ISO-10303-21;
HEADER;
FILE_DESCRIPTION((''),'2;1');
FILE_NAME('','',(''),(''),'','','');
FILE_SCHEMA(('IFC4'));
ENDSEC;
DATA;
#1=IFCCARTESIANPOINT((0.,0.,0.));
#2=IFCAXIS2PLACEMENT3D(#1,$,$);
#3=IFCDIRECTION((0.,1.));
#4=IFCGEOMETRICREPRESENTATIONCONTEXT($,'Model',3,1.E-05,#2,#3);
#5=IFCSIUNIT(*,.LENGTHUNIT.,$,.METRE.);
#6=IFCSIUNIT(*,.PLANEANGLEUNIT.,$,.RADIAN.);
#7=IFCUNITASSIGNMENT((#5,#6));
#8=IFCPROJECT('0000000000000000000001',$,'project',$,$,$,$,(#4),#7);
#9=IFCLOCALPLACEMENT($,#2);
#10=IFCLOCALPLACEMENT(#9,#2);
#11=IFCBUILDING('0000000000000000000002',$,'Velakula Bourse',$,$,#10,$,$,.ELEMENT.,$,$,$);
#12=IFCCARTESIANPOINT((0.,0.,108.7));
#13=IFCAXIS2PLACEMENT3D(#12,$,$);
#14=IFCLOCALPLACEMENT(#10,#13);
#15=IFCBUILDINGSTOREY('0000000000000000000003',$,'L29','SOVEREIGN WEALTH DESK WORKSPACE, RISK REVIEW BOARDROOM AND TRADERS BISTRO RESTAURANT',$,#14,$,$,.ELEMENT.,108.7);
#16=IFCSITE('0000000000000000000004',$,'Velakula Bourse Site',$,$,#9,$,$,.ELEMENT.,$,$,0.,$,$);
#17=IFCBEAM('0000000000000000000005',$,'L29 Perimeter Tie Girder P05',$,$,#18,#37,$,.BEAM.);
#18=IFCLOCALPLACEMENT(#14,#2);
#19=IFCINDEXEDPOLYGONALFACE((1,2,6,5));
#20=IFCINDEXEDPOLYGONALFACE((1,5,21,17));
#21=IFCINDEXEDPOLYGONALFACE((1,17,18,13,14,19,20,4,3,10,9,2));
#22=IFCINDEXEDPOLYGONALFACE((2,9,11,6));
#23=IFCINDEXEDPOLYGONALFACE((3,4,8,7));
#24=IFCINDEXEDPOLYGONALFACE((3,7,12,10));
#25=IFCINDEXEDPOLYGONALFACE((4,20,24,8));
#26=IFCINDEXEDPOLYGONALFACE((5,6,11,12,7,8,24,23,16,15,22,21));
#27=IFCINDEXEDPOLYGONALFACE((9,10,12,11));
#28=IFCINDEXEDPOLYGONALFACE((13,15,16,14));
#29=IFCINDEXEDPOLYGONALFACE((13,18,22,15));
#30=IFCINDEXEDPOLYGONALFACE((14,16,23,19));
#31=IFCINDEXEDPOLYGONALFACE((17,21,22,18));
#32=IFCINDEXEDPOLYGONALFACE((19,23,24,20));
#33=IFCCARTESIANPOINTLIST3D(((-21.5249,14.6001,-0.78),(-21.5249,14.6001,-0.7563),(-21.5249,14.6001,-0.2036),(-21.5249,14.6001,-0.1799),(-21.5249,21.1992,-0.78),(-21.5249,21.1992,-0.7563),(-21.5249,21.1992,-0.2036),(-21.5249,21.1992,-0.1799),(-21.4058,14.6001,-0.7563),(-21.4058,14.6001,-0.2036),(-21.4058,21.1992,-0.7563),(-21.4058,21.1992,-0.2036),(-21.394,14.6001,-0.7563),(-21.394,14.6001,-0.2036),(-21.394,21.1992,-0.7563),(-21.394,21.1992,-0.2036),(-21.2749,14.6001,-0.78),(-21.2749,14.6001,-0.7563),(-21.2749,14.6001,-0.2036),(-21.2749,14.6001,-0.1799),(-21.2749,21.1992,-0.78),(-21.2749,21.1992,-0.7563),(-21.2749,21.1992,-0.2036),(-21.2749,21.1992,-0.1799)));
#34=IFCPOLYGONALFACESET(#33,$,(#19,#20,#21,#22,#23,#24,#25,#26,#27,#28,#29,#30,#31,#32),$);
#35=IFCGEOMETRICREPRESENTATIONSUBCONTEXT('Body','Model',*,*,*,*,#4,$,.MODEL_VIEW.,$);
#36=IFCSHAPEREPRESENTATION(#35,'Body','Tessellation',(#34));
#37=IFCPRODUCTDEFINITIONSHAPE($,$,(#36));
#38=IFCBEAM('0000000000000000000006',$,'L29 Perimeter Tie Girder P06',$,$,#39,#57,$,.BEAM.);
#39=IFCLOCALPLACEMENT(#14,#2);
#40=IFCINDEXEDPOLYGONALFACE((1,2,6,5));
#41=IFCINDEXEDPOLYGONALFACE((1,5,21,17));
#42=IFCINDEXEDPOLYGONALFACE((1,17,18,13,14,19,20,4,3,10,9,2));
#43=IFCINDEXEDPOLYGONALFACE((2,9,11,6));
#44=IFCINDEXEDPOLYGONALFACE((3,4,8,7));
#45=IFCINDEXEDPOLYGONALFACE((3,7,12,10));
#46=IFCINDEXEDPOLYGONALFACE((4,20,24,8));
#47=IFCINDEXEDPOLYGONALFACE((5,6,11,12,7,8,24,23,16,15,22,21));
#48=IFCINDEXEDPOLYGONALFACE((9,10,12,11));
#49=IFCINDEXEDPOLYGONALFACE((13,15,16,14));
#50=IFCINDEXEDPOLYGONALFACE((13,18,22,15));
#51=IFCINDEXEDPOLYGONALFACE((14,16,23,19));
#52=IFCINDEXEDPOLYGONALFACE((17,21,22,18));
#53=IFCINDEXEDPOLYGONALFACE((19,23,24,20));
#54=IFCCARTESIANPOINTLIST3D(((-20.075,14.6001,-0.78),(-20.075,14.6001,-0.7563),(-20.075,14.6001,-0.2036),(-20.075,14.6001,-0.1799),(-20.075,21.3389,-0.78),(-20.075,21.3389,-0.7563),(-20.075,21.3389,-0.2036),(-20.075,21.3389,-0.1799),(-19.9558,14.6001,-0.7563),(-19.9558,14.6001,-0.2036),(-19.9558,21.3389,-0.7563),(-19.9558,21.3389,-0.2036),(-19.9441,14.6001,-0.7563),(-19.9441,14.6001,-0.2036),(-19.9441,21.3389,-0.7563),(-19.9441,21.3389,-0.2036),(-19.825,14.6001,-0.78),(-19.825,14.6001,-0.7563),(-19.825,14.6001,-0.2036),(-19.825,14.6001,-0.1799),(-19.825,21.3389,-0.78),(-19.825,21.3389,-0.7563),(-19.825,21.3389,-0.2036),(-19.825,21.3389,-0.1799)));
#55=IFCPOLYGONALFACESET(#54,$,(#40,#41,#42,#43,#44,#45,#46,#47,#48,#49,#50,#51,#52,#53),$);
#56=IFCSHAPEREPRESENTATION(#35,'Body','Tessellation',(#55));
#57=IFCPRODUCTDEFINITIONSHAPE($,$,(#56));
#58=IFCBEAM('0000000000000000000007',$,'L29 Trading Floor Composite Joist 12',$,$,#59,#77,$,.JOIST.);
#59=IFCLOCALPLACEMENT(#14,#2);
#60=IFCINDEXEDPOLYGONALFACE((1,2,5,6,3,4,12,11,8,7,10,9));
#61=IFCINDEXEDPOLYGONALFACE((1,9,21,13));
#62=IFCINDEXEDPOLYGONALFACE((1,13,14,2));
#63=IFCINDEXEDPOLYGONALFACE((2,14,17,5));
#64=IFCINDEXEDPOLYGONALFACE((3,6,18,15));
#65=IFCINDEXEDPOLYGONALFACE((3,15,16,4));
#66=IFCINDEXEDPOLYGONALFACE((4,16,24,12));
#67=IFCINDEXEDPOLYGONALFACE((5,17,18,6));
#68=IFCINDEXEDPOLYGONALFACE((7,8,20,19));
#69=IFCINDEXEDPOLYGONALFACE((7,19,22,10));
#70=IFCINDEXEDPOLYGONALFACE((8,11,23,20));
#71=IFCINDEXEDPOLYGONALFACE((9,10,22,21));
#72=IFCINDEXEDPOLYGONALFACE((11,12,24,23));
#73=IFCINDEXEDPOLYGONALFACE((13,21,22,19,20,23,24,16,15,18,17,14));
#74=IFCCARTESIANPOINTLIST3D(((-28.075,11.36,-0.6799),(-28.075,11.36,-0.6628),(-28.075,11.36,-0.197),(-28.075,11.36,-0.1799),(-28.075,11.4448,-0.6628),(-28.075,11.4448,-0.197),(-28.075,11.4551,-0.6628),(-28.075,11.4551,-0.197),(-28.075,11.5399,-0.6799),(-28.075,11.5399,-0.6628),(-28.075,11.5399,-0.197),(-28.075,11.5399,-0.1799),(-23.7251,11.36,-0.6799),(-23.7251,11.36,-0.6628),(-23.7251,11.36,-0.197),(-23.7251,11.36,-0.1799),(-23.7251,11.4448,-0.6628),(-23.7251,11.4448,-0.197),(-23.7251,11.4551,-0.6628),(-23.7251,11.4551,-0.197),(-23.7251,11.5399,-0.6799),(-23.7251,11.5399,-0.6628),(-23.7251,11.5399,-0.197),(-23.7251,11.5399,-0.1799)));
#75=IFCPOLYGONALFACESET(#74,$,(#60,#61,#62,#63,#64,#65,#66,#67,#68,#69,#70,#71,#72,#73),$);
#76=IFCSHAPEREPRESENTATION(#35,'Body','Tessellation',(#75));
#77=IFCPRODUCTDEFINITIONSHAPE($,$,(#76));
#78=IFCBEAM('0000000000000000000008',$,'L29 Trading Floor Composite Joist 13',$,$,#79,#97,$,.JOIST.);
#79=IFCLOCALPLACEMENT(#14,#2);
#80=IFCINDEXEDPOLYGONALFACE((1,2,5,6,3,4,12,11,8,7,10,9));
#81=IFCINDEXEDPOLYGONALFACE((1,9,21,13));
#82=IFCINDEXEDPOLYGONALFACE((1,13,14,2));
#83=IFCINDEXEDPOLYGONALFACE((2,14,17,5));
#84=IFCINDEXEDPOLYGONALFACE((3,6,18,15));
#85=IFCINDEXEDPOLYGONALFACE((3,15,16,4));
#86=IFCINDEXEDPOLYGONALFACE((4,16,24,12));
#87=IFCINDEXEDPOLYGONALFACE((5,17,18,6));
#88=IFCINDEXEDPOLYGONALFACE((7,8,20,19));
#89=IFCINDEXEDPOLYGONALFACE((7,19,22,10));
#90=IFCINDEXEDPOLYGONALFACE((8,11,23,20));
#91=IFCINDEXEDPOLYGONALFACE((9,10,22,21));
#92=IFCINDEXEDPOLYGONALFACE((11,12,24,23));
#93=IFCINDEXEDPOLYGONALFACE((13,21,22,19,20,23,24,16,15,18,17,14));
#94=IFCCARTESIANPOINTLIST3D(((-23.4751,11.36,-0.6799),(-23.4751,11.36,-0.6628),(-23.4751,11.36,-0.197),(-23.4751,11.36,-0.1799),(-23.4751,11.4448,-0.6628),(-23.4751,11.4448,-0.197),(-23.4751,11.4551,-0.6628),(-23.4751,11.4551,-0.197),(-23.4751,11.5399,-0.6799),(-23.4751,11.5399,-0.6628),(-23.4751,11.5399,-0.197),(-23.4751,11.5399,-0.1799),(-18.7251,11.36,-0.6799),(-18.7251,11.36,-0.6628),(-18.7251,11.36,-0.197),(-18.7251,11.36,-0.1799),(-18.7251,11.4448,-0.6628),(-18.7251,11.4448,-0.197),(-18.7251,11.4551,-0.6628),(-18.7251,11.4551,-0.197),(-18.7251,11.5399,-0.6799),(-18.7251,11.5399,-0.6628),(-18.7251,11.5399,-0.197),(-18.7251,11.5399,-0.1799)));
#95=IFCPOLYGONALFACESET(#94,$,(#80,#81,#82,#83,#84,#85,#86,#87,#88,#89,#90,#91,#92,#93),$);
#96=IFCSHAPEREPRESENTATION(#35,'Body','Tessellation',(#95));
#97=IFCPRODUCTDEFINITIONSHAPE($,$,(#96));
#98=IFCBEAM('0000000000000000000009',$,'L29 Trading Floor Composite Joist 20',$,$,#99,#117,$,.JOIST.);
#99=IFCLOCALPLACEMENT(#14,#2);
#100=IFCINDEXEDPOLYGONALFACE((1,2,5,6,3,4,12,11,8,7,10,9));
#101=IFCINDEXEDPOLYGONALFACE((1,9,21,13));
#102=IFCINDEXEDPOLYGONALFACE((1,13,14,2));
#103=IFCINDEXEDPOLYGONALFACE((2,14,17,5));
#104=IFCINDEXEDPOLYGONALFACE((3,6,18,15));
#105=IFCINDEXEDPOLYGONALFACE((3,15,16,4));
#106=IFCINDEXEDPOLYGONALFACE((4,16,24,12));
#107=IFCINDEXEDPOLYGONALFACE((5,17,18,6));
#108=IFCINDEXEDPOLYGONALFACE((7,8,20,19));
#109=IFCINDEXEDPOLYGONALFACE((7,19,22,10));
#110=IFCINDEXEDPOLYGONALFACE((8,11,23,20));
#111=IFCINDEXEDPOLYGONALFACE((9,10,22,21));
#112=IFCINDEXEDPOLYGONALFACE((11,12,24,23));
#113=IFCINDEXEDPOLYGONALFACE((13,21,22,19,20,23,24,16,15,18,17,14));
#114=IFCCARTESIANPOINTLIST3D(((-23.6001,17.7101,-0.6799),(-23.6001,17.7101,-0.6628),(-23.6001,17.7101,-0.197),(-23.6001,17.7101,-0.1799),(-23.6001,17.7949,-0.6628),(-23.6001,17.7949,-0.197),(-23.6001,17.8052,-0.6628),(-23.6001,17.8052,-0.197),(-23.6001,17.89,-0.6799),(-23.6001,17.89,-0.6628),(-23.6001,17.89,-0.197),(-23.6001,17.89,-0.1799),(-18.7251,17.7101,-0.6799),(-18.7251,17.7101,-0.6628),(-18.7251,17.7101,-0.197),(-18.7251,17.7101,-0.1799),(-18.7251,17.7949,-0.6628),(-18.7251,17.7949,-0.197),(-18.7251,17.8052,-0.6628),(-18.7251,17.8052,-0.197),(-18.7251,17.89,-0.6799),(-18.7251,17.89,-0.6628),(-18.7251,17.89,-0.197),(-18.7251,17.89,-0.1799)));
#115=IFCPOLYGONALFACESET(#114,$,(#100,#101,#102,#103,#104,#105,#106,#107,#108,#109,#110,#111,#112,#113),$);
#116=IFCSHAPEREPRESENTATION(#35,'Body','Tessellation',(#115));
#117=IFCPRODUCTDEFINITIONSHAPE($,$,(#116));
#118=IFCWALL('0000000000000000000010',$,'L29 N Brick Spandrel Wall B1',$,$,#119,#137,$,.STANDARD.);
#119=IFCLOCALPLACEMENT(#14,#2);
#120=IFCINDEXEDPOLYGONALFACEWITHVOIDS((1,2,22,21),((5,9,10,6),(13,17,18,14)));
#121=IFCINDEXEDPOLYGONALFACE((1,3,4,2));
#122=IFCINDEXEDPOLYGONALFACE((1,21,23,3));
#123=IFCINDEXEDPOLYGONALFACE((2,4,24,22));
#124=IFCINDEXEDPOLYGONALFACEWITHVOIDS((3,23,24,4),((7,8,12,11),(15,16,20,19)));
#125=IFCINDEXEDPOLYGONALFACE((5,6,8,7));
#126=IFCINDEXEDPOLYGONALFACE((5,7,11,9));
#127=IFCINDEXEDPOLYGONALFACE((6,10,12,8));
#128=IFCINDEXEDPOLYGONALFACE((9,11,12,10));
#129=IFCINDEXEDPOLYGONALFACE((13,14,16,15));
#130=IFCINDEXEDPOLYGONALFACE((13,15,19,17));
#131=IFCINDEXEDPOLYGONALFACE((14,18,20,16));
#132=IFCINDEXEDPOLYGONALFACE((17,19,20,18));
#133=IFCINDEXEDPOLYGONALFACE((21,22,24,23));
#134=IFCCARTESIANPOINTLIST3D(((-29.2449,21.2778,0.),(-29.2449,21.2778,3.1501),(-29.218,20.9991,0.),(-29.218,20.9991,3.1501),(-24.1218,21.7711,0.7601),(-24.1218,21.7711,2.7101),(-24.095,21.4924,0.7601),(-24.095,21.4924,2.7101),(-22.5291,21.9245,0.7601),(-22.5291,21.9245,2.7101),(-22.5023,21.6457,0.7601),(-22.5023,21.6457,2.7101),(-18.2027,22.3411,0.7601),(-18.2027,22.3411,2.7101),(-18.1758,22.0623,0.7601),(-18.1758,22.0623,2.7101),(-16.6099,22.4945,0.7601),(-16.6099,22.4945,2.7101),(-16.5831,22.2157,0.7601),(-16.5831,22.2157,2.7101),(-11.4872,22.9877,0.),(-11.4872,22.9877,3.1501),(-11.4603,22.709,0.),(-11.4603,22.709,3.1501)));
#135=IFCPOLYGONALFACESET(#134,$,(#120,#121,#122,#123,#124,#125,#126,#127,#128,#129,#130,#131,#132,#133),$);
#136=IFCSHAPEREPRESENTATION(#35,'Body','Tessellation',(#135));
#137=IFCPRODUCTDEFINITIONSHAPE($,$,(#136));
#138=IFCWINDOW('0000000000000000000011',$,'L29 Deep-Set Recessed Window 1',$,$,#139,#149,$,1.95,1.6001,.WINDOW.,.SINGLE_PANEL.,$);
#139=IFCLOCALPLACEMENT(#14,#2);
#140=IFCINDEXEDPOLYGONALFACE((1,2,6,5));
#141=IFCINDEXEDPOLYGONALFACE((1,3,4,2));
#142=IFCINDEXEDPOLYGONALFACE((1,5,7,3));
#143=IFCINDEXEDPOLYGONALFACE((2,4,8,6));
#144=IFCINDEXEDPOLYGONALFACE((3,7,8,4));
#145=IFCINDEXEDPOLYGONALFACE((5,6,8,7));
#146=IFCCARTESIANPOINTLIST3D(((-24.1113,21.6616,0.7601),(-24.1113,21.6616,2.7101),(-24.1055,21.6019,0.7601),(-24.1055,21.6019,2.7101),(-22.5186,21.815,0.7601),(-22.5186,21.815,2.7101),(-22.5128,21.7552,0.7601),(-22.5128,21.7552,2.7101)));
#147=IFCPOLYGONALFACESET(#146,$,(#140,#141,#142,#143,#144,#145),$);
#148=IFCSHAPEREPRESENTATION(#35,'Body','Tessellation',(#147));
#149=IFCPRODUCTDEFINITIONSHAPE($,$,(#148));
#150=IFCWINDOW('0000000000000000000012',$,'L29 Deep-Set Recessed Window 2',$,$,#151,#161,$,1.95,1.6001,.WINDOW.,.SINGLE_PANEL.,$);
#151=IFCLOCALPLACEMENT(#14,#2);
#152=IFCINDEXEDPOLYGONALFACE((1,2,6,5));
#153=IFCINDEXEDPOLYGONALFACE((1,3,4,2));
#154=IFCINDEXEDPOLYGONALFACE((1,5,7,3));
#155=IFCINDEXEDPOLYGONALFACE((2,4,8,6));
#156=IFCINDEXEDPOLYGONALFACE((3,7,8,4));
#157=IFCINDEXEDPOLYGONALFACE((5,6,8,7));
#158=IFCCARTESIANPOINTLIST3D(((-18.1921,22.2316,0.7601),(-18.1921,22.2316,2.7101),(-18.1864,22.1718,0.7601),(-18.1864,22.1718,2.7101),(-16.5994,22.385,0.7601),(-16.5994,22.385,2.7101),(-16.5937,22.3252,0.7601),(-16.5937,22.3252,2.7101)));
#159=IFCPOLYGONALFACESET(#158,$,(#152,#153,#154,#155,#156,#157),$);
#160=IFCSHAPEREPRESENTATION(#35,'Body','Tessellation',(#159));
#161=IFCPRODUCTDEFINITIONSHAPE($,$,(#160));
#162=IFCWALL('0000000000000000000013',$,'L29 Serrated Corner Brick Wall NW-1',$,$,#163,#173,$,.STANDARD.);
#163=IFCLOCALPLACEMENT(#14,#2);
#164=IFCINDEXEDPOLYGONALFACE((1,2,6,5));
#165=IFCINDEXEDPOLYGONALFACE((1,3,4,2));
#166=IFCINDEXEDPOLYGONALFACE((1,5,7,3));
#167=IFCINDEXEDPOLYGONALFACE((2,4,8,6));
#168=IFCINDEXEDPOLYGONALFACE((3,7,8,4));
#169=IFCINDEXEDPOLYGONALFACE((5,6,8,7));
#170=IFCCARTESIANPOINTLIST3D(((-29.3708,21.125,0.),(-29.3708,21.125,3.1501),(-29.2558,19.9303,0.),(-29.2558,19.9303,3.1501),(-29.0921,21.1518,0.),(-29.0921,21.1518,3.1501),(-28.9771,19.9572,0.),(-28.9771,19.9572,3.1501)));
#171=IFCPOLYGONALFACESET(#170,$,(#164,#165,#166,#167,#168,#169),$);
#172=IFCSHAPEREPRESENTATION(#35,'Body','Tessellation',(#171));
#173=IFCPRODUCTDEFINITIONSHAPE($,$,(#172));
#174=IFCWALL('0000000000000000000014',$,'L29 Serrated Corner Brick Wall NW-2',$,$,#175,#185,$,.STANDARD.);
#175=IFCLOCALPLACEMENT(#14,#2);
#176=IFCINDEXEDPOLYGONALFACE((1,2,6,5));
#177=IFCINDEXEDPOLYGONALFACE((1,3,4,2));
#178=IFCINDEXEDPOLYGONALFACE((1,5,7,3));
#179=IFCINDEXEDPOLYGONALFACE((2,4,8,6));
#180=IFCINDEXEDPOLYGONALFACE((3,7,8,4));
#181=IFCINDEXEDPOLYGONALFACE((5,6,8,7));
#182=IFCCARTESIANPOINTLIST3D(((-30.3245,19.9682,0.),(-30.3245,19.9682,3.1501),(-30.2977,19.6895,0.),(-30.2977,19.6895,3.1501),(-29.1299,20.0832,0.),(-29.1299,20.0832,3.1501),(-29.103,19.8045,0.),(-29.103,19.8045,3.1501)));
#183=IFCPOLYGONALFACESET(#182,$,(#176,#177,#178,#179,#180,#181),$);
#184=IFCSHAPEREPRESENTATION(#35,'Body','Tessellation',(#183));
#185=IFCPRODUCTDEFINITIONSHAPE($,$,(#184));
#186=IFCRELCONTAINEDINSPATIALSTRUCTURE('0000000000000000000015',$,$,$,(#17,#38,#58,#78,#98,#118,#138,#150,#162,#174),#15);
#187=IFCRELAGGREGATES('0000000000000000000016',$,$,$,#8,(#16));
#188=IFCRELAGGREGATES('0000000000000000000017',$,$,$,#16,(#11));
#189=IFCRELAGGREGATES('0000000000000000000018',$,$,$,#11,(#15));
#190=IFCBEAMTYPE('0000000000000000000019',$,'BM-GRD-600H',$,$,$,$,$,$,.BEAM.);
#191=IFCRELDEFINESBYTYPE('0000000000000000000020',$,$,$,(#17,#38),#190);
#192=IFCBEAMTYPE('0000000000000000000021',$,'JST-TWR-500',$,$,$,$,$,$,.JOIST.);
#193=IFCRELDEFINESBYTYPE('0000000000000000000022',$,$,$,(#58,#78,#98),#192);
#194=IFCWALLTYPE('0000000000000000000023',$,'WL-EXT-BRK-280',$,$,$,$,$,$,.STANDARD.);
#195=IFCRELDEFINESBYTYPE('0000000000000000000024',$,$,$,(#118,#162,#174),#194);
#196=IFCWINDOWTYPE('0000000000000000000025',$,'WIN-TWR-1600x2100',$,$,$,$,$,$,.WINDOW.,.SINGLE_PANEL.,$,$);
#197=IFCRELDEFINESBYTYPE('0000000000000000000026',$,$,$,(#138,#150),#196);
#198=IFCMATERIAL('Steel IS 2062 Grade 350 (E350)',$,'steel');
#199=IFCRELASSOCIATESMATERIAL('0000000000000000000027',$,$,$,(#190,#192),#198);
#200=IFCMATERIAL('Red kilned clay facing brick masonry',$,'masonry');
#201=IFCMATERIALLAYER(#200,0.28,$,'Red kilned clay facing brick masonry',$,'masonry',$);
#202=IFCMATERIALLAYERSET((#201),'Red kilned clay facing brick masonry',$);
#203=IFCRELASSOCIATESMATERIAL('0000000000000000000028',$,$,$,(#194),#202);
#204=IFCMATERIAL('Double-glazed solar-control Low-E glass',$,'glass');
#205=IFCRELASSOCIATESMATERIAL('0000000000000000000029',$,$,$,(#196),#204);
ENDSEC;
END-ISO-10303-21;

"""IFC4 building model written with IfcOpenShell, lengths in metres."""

from ifc_helpers import new_model, si_unit, direction, frame, frame_2d, origin, origin_2d, place, context, subcontext, project, spatial, rectangle, i_section, extrude, material, layer, layer_set, material_profile, profile_set, type_object, element, fill, save


model = new_model("IFC4")

# Units and contexts
model_context = context("Model", 3, precision=1e-05, world=origin(), true_north=direction((0.0, 1.0)))
body_context = subcontext(model_context, "Body", "Model", "MODEL_VIEW")
ifc_project = project(units=[si_unit("LENGTHUNIT", "METRE"), si_unit("PLANEANGLEUNIT", "RADIAN")], contexts=[model_context])

# Site, building, storey
site_placement = place(None, origin())
site = spatial("IfcSite", under=ifc_project, at=site_placement, Name="Velakula Bourse Site", CompositionType="ELEMENT", RefElevation=0.0)
building_placement = place(site_placement, origin())
building = spatial("IfcBuilding", under=site, at=building_placement, Name="Velakula Bourse", CompositionType="ELEMENT")
storey_placement = place(building_placement, frame((0.0, 0.0, 108.7)))
storey = spatial("IfcBuildingStorey", under=building, at=storey_placement, Name="L29", Description="SOVEREIGN WEALTH DESK WORKSPACE, RISK REVIEW BOARDROOM AND TRADERS BISTRO RESTAURANT", CompositionType="ELEMENT", Elevation=108.7)

# Beams
ifc_material_1 = material(Name="Steel IS 2062 Grade 350 (E350)", Category="steel")
ifc_material_profile_1 = material_profile(ifc_material_1, i_section(OverallWidth=0.25, OverallDepth=0.6001, WebThickness=0.0117, FlangeThickness=0.0237, at=origin_2d()), Name="Steel IS 2062 Grade 350 (E350)")
ifc_profile_set_1 = profile_set([ifc_material_profile_1], Name="Steel IS 2062 Grade 350 (E350)")
beam_type_1 = type_object("IfcBeamType", Name="BM-GRD-600H", PredefinedType="BEAM", material=ifc_profile_set_1)
beam_1_placement = place(storey_placement, frame((-21.3999, 14.6001, -0.48), z_axis=(0.0, 1.0, 0.0), x_axis=(-1.0, 0.0, 0.0)))
element("IfcBeam", 1, at=beam_1_placement, inside=storey, type_object=beam_type_1, Name="L29 Perimeter Tie Girder P05", PredefinedType="BEAM", context=body_context, shape_type="SweptSolid", body=[
    extrude(i_section(OverallWidth=0.25, OverallDepth=0.6001, WebThickness=0.0117, FlangeThickness=0.0237, at=origin_2d()), origin(), (0.0, 0.0, 1.0), 6.5991),
])
beam_2_placement = place(storey_placement, frame((-19.95, 14.6001, -0.48), z_axis=(0.0, 1.0, 0.0), x_axis=(-1.0, 0.0, 0.0)))
element("IfcBeam", 2, at=beam_2_placement, inside=storey, type_object=beam_type_1, Name="L29 Perimeter Tie Girder P06", PredefinedType="BEAM", context=body_context, shape_type="SweptSolid", body=[
    extrude(i_section(OverallWidth=0.25, OverallDepth=0.6001, WebThickness=0.0117, FlangeThickness=0.0237, at=origin_2d()), origin(), (0.0, 0.0, 1.0), 6.7388),
])
ifc_material_profile_2 = material_profile(ifc_material_1, i_section(OverallWidth=0.1799, OverallDepth=0.5, WebThickness=0.0103, FlangeThickness=0.0171, at=origin_2d()), Name="Steel IS 2062 Grade 350 (E350)")
ifc_profile_set_2 = profile_set([ifc_material_profile_2], Name="Steel IS 2062 Grade 350 (E350)")
beam_type_2 = type_object("IfcBeamType", Name="JST-TWR-500", PredefinedType="JOIST", material=ifc_profile_set_2)
beam_3_placement = place(storey_placement, frame((-28.075, 11.45, -0.4299), z_axis=(1.0, 0.0, 0.0), x_axis=(0.0, 1.0, 0.0)))
element("IfcBeam", 3, at=beam_3_placement, inside=storey, type_object=beam_type_2, Name="L29 Trading Floor Composite Joist 12", PredefinedType="JOIST", context=body_context, shape_type="SweptSolid", body=[
    extrude(i_section(OverallWidth=0.1799, OverallDepth=0.5, WebThickness=0.0103, FlangeThickness=0.0171, at=origin_2d()), origin(), (0.0, 0.0, 1.0), 4.3499),
])
beam_4_placement = place(storey_placement, frame((-23.4751, 11.45, -0.4299), z_axis=(1.0, 0.0, 0.0), x_axis=(0.0, 1.0, 0.0)))
element("IfcBeam", 4, at=beam_4_placement, inside=storey, type_object=beam_type_2, Name="L29 Trading Floor Composite Joist 13", PredefinedType="JOIST", context=body_context, shape_type="SweptSolid", body=[
    extrude(i_section(OverallWidth=0.1799, OverallDepth=0.5, WebThickness=0.0103, FlangeThickness=0.0171, at=origin_2d()), origin(), (0.0, 0.0, 1.0), 4.75),
])
beam_5_placement = place(storey_placement, frame((-23.6001, 17.8, -0.4299), z_axis=(1.0, 0.0, 0.0), x_axis=(0.0, 1.0, 0.0)))
element("IfcBeam", 5, at=beam_5_placement, inside=storey, type_object=beam_type_2, Name="L29 Trading Floor Composite Joist 20", PredefinedType="JOIST", context=body_context, shape_type="SweptSolid", body=[
    extrude(i_section(OverallWidth=0.1799, OverallDepth=0.5, WebThickness=0.0103, FlangeThickness=0.0171, at=origin_2d()), origin(), (0.0, 0.0, 1.0), 4.875),
])

# Wall, openings, windows
ifc_material_2 = material(Name="Red kilned clay facing brick masonry", Category="masonry")
ifc_layer_1 = layer(ifc_material_2, 0.28, Name="Red kilned clay facing brick masonry", Category="masonry")
ifc_layer_set_1 = layer_set([ifc_layer_1], Name="Red kilned clay facing brick masonry")
wall_type_1 = type_object("IfcWallType", Name="WL-EXT-BRK-280", PredefinedType="STANDARD", material=ifc_layer_set_1)
wall_1_placement = place(storey_placement, frame((-29.2314, 21.1384, 0.0), z_axis=(0.0, 0.0, 1.0), x_axis=(0.995396, 0.09585, 0.0)))
wall_1 = element("IfcWall", 6, at=wall_1_placement, inside=storey, type_object=wall_type_1, Name="L29 N Brick Spandrel Wall B1", PredefinedType="STANDARD", context=body_context, shape_type="SweptSolid", body=[
    extrude(rectangle(XDim=17.8398, YDim=0.28, at=frame_2d((8.9199, 0.0))), origin(), (0.0, 0.0, 1.0), 3.1501),
])
opening_1_placement = place(wall_1_placement, frame((5.1467, 0.0, 0.76)))
opening_1 = element("IfcOpeningElement", 7, at=opening_1_placement, cuts=wall_1, PredefinedType="OPENING", context=body_context, shape_type="SweptSolid", body=[
    extrude(rectangle(XDim=1.6001, YDim=1.95, at=frame_2d((0.8, 0.9751))), frame((0.0, 0.1499, 0.0), z_axis=(0.0, -1.0, 0.0), x_axis=(1.0, 0.0, 0.0)), (0.0, 0.0, 1.0), 0.3),
])
opening_2_placement = place(wall_1_placement, frame((11.0933, 0.0, 0.76)))
opening_2 = element("IfcOpeningElement", 8, at=opening_2_placement, cuts=wall_1, PredefinedType="OPENING", context=body_context, shape_type="SweptSolid", body=[
    extrude(rectangle(XDim=1.6001, YDim=1.95, at=frame_2d((0.8, 0.9751))), frame((0.0, 0.1499, 0.0), z_axis=(0.0, -1.0, 0.0), x_axis=(1.0, 0.0, 0.0)), (0.0, 0.0, 1.0), 0.3),
])
ifc_material_3 = material(Name="Double-glazed solar-control Low-E glass", Category="glass")
window_type = type_object("IfcWindowType", Name="WIN-TWR-1600x2100", PartitioningType="SINGLE_PANEL", PredefinedType="WINDOW", material=ifc_material_3)
window_1_placement = place(opening_1_placement, origin())
window_1 = element("IfcWindow", 9, at=window_1_placement, inside=storey, type_object=window_type, Name="L29 Deep-Set Recessed Window 1", OverallHeight=1.95, OverallWidth=1.6001, PartitioningType="SINGLE_PANEL", PredefinedType="WINDOW", context=body_context, shape_type="SweptSolid", body=[
    extrude(rectangle(XDim=1.6001, YDim=1.95, at=frame_2d((0.8, 0.9751))), frame((0.0, 0.03, 0.0), z_axis=(0.0, -1.0, 0.0), x_axis=(1.0, 0.0, 0.0)), (0.0, 0.0, 1.0), 0.0601),
])
fill(opening_1, window_1)
window_2_placement = place(opening_2_placement, origin())
window_2 = element("IfcWindow", 10, at=window_2_placement, inside=storey, type_object=window_type, Name="L29 Deep-Set Recessed Window 2", OverallHeight=1.95, OverallWidth=1.6001, PartitioningType="SINGLE_PANEL", PredefinedType="WINDOW", context=body_context, shape_type="SweptSolid", body=[
    extrude(rectangle(XDim=1.6001, YDim=1.95, at=frame_2d((0.8, 0.9751))), frame((0.0, 0.03, 0.0), z_axis=(0.0, -1.0, 0.0), x_axis=(1.0, 0.0, 0.0)), (0.0, 0.0, 1.0), 0.0601),
])
fill(opening_2, window_2)

# Walls
for number, where, z_axis, x_axis, name in (
    (11, (-29.2314, 21.1384, 0.0), (0.0, 0.0, 1.0), (0.095817, -0.995399, 0.0), "L29 Serrated Corner Brick Wall NW-1"),
    (12, (-29.1165, 19.9438, 0.0), (0.0, 0.0, 1.0), (-0.995399, -0.095817, 0.0), "L29 Serrated Corner Brick Wall NW-2"),
):
    element("IfcWall", number, at=place(storey_placement, frame(where, z_axis=z_axis, x_axis=x_axis)), inside=storey, type_object=wall_type_1, Name=name, PredefinedType="STANDARD", context=body_context, shape_type="SweptSolid", body=[
        extrude(rectangle(XDim=1.2002, YDim=0.28, at=frame_2d((0.6001, 0.0))), origin(), (0.0, 0.0, 1.0), 3.1501),
    ])

save(model, "model.ifc")
